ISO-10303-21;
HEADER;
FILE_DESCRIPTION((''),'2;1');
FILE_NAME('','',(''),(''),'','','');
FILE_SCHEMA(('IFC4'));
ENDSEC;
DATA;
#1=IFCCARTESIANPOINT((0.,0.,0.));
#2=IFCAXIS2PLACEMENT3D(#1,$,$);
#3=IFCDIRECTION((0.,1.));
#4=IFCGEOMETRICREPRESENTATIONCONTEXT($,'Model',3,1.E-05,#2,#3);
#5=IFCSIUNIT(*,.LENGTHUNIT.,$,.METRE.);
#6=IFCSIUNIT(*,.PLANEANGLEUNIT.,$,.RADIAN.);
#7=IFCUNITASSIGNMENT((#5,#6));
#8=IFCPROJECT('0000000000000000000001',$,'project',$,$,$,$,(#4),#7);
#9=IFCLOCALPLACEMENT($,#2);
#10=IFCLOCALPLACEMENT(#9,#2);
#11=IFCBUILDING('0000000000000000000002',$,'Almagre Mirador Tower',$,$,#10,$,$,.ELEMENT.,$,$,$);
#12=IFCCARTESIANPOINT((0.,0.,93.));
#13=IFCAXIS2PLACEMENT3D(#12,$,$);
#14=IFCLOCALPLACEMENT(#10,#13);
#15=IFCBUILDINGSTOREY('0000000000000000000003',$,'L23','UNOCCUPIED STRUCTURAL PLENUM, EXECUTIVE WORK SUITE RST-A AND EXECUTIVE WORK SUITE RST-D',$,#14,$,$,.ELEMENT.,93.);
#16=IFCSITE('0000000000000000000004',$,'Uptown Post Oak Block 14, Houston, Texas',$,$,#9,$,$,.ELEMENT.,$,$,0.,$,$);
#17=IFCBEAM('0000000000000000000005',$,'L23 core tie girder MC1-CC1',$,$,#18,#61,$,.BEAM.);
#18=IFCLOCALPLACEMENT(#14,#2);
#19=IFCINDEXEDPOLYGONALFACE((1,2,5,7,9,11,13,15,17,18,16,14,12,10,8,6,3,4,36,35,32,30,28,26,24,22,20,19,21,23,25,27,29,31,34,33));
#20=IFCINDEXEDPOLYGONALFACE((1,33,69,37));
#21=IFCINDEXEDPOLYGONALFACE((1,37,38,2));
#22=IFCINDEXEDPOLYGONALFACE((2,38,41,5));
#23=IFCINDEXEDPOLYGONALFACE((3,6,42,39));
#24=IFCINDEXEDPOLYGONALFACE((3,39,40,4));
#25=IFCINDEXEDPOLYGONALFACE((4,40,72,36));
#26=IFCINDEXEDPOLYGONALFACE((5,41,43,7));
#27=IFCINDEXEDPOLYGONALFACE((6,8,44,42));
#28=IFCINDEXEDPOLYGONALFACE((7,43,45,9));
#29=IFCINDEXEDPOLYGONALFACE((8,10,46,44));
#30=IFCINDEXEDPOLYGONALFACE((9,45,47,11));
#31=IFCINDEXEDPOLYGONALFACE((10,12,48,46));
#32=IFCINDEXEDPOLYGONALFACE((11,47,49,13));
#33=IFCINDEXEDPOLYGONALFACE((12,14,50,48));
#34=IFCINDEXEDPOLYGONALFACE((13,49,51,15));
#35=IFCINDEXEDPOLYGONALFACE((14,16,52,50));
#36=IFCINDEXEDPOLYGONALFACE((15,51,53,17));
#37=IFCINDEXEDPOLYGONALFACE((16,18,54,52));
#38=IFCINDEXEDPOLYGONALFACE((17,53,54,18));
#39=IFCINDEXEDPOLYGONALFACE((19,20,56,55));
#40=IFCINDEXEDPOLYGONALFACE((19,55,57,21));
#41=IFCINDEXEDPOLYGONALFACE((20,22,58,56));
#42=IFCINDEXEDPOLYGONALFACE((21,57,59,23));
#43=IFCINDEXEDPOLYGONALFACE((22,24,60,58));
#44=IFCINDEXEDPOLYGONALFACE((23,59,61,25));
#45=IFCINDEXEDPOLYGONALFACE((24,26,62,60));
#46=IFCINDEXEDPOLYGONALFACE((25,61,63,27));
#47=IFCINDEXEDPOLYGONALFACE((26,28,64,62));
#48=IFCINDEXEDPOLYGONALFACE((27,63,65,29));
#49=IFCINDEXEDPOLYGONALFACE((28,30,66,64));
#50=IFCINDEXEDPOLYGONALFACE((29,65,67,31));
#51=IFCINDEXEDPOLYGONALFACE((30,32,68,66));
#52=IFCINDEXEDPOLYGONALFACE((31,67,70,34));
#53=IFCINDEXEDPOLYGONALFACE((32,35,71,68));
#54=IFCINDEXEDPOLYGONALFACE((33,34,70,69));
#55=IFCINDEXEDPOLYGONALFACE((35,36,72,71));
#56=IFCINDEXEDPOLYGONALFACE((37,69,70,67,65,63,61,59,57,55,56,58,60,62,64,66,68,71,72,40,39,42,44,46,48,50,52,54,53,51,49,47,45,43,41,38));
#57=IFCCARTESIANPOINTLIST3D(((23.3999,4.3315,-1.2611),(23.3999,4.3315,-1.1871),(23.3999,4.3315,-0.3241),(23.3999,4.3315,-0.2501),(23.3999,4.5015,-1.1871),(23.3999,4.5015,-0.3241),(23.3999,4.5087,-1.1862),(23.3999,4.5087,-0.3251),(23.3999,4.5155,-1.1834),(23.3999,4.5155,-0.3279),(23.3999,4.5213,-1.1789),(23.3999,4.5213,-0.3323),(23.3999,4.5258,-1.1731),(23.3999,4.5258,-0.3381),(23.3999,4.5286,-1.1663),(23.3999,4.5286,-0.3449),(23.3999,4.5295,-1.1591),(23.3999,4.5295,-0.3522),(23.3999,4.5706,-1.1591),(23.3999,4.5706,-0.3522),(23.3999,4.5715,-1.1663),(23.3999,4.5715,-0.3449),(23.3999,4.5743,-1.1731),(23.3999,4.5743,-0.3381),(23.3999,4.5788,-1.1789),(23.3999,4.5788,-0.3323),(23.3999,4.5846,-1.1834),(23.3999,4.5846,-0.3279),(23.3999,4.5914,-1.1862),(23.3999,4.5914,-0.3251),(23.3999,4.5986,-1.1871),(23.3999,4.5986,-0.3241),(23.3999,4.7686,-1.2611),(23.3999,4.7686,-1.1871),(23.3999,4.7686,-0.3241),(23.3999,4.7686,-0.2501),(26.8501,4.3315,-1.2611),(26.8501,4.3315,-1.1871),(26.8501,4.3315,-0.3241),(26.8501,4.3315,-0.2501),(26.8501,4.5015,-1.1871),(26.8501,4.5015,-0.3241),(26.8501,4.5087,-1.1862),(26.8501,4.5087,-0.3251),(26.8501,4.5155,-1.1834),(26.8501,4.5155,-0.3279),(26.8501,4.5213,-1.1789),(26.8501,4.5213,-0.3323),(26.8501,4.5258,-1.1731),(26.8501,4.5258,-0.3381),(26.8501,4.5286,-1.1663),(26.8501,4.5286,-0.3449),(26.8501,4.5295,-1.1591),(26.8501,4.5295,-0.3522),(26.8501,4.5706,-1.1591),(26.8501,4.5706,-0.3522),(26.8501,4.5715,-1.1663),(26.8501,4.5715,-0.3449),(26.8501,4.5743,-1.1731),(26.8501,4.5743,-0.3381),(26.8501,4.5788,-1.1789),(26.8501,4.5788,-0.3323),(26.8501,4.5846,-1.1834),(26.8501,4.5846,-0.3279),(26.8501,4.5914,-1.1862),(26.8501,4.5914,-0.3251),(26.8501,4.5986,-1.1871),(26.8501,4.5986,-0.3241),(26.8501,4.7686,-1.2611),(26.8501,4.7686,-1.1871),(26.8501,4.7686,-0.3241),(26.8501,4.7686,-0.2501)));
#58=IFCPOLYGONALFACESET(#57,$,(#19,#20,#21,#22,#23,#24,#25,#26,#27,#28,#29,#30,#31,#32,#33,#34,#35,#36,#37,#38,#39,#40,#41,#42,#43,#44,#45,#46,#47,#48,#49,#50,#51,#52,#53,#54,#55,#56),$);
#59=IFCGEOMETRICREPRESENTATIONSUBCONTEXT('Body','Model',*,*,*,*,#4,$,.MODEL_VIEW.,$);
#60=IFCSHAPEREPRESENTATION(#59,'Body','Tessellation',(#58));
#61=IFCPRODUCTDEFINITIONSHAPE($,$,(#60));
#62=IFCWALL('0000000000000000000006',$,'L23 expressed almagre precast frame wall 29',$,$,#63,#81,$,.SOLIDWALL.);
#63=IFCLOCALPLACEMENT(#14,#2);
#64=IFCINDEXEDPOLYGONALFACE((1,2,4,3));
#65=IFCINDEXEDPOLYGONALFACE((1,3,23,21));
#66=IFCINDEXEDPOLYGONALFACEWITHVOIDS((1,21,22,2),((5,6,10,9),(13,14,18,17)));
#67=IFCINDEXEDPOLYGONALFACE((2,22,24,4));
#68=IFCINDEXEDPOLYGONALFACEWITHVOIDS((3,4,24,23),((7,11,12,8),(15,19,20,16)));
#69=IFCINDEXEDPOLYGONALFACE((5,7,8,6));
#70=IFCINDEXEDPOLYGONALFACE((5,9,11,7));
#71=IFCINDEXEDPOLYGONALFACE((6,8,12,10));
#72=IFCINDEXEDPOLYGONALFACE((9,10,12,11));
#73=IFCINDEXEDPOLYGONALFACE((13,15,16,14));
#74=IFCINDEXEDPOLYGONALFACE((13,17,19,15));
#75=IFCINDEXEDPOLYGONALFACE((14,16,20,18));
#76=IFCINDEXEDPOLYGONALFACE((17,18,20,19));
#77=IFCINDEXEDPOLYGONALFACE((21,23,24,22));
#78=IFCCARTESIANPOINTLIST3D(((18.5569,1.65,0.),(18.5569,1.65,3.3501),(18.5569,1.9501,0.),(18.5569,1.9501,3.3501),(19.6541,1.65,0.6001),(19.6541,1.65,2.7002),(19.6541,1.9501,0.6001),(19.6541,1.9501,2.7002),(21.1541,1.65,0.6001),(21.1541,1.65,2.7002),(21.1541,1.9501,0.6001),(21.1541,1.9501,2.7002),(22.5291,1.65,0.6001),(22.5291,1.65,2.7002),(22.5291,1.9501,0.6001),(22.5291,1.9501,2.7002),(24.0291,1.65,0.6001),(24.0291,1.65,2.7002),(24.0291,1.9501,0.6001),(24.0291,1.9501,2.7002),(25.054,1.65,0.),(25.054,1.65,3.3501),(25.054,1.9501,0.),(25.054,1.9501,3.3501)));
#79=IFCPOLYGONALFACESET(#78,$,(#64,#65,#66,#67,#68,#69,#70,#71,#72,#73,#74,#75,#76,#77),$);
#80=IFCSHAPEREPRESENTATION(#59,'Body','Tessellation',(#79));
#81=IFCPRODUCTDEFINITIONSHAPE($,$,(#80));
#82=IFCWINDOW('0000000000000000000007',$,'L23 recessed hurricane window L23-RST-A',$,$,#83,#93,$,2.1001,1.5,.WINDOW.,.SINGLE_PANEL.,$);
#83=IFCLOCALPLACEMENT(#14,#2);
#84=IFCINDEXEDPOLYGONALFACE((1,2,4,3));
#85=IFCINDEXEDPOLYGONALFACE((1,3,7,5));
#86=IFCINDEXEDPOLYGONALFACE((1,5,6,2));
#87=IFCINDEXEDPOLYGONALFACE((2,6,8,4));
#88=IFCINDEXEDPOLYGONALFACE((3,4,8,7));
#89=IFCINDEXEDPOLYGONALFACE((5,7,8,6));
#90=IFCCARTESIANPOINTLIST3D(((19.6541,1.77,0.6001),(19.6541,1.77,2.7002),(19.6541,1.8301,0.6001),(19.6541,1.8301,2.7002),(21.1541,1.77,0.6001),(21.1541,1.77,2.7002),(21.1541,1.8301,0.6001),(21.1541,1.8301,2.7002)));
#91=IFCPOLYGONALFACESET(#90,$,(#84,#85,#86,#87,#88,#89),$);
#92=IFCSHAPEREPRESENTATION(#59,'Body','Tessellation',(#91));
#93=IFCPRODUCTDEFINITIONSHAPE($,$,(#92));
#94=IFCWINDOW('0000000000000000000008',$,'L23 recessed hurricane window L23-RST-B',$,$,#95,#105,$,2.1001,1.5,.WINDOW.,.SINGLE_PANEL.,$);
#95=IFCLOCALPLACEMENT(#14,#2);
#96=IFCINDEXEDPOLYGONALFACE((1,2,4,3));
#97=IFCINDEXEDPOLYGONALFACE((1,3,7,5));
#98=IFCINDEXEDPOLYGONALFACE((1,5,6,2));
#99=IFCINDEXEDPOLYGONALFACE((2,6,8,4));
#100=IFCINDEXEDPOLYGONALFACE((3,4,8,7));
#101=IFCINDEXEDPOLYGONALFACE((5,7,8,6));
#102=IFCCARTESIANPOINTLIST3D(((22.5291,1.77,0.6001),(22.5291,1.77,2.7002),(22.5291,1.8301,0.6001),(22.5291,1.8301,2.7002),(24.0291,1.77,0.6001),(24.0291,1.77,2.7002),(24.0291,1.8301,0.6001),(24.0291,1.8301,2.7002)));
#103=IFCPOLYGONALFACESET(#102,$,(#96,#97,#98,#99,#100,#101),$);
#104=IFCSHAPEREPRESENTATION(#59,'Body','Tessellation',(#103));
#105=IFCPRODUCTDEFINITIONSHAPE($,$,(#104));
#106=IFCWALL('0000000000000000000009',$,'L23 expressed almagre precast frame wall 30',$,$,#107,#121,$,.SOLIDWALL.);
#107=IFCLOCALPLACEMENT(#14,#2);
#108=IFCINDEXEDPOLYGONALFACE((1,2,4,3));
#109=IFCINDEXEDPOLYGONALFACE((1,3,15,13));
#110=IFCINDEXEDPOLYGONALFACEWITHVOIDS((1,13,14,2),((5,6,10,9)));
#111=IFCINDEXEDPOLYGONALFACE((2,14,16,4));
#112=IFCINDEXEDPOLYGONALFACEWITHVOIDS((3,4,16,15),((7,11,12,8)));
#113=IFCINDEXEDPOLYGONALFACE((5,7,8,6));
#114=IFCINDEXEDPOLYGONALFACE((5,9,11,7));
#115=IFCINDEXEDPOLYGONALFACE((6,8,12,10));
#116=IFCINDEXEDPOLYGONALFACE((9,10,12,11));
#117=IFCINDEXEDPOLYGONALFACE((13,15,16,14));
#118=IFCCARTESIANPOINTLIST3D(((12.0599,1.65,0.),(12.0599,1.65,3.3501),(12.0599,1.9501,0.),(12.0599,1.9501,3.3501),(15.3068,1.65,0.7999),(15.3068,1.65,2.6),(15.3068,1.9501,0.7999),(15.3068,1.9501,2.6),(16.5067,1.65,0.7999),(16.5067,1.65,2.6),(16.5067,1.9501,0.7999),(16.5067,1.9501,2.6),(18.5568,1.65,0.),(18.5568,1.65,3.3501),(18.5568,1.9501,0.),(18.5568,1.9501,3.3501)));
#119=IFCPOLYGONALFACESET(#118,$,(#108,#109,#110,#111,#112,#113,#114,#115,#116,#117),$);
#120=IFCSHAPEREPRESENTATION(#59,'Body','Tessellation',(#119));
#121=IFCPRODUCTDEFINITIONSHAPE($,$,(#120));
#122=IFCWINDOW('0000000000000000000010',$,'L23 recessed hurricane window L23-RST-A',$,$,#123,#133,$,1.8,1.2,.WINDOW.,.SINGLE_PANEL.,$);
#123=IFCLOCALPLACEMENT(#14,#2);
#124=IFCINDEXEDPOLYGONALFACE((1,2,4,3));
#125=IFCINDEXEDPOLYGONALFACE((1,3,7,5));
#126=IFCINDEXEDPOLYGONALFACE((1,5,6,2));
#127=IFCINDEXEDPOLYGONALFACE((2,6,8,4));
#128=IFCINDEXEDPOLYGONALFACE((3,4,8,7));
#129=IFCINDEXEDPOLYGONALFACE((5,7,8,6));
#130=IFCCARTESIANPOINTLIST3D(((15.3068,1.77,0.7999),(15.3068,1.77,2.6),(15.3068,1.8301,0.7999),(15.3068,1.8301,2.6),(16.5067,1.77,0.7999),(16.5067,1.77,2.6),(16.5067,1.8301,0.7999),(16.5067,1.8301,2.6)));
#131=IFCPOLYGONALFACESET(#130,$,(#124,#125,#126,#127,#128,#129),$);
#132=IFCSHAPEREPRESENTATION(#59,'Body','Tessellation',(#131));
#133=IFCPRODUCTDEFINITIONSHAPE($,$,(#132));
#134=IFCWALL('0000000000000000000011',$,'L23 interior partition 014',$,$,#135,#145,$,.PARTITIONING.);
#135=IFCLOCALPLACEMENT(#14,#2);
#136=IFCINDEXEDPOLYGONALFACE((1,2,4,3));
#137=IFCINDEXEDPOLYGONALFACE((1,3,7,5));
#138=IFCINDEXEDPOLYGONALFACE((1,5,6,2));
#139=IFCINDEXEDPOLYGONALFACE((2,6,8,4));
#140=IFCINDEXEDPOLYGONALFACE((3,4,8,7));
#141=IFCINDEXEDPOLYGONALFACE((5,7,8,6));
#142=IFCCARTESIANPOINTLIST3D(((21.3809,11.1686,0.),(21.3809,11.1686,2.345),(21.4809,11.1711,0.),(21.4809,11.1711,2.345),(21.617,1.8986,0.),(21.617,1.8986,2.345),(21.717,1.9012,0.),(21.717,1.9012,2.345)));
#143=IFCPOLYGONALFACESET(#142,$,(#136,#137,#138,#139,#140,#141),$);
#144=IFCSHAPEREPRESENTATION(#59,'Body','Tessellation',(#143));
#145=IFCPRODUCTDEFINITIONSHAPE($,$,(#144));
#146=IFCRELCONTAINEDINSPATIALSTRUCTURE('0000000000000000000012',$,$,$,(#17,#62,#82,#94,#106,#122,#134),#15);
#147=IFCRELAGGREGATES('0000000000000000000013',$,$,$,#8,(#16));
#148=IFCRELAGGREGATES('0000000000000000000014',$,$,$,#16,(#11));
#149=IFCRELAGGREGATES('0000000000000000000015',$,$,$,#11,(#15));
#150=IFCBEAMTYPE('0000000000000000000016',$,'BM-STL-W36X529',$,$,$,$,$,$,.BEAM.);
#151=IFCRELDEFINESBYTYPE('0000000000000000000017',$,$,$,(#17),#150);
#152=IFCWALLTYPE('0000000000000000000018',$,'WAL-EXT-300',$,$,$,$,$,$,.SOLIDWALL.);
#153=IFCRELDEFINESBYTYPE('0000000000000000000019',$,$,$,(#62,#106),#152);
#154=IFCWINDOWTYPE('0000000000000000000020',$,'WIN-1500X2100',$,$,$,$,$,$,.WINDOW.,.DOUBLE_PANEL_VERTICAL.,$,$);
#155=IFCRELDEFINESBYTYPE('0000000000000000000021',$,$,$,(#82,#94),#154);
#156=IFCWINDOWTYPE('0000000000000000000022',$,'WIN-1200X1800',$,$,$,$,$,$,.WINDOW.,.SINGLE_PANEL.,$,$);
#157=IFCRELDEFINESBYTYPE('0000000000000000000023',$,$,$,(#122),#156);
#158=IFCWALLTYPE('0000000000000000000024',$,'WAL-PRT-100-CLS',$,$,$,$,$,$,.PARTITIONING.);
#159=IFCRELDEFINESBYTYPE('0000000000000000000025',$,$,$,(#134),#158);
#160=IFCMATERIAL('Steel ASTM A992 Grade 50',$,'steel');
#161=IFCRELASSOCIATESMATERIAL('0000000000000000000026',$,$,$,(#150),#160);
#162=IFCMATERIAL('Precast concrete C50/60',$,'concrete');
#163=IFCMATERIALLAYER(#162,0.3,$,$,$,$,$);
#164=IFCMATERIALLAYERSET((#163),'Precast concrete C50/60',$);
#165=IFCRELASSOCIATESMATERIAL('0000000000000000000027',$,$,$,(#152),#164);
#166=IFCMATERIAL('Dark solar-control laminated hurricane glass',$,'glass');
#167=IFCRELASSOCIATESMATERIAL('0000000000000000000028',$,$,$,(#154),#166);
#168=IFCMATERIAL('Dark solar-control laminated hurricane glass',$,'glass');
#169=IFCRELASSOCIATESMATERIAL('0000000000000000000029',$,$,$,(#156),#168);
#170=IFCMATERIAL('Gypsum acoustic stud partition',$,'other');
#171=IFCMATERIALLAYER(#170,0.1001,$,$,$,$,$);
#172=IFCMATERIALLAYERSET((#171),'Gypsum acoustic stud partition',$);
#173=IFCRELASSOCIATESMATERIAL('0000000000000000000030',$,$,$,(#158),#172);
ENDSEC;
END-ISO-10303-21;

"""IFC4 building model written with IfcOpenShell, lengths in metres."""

from ifc_helpers import new_model, si_unit, direction, frame, frame_2d, origin, origin_2d, place, context, subcontext, project, spatial, rectangle, i_section, extrude, material, layer, layer_set, material_profile, profile_set, type_object, element, fill, save


model = new_model("IFC4")

# Units and contexts
model_context = context("Model", 3, precision=1e-05, world=origin(), true_north=direction((0.0, 1.0)))
body_context = subcontext(model_context, "Body", "Model", "MODEL_VIEW")
ifc_project = project(units=[si_unit("LENGTHUNIT", "METRE"), si_unit("PLANEANGLEUNIT", "RADIAN")], contexts=[model_context])

# Site, building, storey
site_placement = place(None, origin())
site = spatial("IfcSite", under=ifc_project, at=site_placement, Name="Uptown Post Oak Block 14, Houston, Texas", CompositionType="ELEMENT", RefElevation=0.0)
building_placement = place(site_placement, origin())
building = spatial("IfcBuilding", under=site, at=building_placement, Name="Almagre Mirador Tower", CompositionType="ELEMENT")
storey_placement = place(building_placement, frame((0.0, 0.0, 93.0)))
storey = spatial("IfcBuildingStorey", under=building, at=storey_placement, Name="L23", Description="UNOCCUPIED STRUCTURAL PLENUM, EXECUTIVE WORK SUITE RST-A AND EXECUTIVE WORK SUITE RST-D", CompositionType="ELEMENT", Elevation=93.0)

# Beam
ifc_material_1 = material(Name="Steel ASTM A992 Grade 50", Category="steel")
ifc_material_profile_1 = material_profile(ifc_material_1, i_section(OverallWidth=0.437, OverallDepth=1.011, WebThickness=0.041, FlangeThickness=0.074, FilletRadius=0.0281, at=origin_2d()), Name="W36X529")
ifc_profile_set_1 = profile_set([ifc_material_profile_1], Name="Steel ASTM A992 Grade 50")
beam_type_1 = type_object("IfcBeamType", Name="BM-STL-W36X529", PredefinedType="BEAM", material=ifc_profile_set_1)
beam_1_placement = place(storey_placement, frame((23.3999, 4.55, -0.7556), z_axis=(1.0, 0.0, 0.0), x_axis=(0.0, 1.0, 0.0)))
element("IfcBeam", 1, at=beam_1_placement, inside=storey, type_object=beam_type_1, Name="L23 core tie girder MC1-CC1", PredefinedType="BEAM", context=body_context, shape_type="SweptSolid", body=[
    extrude(i_section(OverallWidth=0.437, OverallDepth=1.011, WebThickness=0.041, FlangeThickness=0.074, FilletRadius=0.0281, at=origin_2d()), origin(), (0.0, 0.0, 1.0), 3.4502),
])

# Wall, openings, windows
ifc_material_2 = material(Name="Precast concrete C50/60", Category="concrete")
ifc_layer_1 = layer(ifc_material_2, 0.3)
ifc_layer_set_1 = layer_set([ifc_layer_1], Name="Precast concrete C50/60")
wall_type_1 = type_object("IfcWallType", Name="WAL-EXT-300", PredefinedType="SOLIDWALL", material=ifc_layer_set_1)
wall_1_placement = place(storey_placement, frame((25.054, 1.8, 0.0), z_axis=(0.0, 0.0, 1.0), x_axis=(-1.0, 0.0, 0.0)))
wall_1 = element("IfcWall", 2, at=wall_1_placement, inside=storey, type_object=wall_type_1, Name="L23 expressed almagre precast frame wall 29", PredefinedType="SOLIDWALL", context=body_context, shape_type="SweptSolid", body=[
    extrude(rectangle(XDim=6.4971, YDim=0.3, at=frame_2d((3.2485, 0.0))), origin(), (0.0, 0.0, 1.0), 3.3501),
])
opening_1_placement = place(wall_1_placement, frame((3.8999, 0.0, 0.6001)))
opening_1 = element("IfcOpeningElement", 3, at=opening_1_placement, cuts=wall_1, PredefinedType="OPENING", context=body_context, shape_type="SweptSolid", body=[
    extrude(rectangle(XDim=1.5, YDim=2.1001, at=frame_2d((0.75, 1.05))), frame((0.0, 0.1599, 0.0), z_axis=(0.0, -1.0, 0.0), x_axis=(1.0, 0.0, 0.0)), (0.0, 0.0, 1.0), 0.32),
])
opening_2_placement = place(wall_1_placement, frame((1.0249, 0.0, 0.6001)))
opening_2 = element("IfcOpeningElement", 4, at=opening_2_placement, cuts=wall_1, PredefinedType="OPENING", context=body_context, shape_type="SweptSolid", body=[
    extrude(rectangle(XDim=1.5, YDim=2.1001, at=frame_2d((0.75, 1.05))), frame((0.0, 0.1599, 0.0), z_axis=(0.0, -1.0, 0.0), x_axis=(1.0, 0.0, 0.0)), (0.0, 0.0, 1.0), 0.32),
])
ifc_material_3 = material(Name="Dark solar-control laminated hurricane glass", Category="glass")
window_type_1 = type_object("IfcWindowType", Name="WIN-1500X2100", PartitioningType="DOUBLE_PANEL_VERTICAL", PredefinedType="WINDOW", material=ifc_material_3)
window_1_placement = place(opening_1_placement, origin())
window_1 = element("IfcWindow", 5, at=window_1_placement, inside=storey, type_object=window_type_1, Name="L23 recessed hurricane window L23-RST-A", OverallHeight=2.1001, OverallWidth=1.5, PartitioningType="SINGLE_PANEL", PredefinedType="WINDOW", context=body_context, shape_type="SweptSolid", body=[
    extrude(rectangle(XDim=1.5, YDim=2.1001, at=frame_2d((0.75, 1.05))), frame((0.0, 0.03, 0.0), z_axis=(0.0, -1.0, 0.0), x_axis=(1.0, 0.0, 0.0)), (0.0, 0.0, 1.0), 0.0601),
])
fill(opening_1, window_1)
window_2_placement = place(opening_2_placement, origin())
window_2 = element("IfcWindow", 6, at=window_2_placement, inside=storey, type_object=window_type_1, Name="L23 recessed hurricane window L23-RST-B", OverallHeight=2.1001, OverallWidth=1.5, PartitioningType="SINGLE_PANEL", PredefinedType="WINDOW", context=body_context, shape_type="SweptSolid", body=[
    extrude(rectangle(XDim=1.5, YDim=2.1001, at=frame_2d((0.75, 1.05))), frame((0.0, 0.03, 0.0), z_axis=(0.0, -1.0, 0.0), x_axis=(1.0, 0.0, 0.0)), (0.0, 0.0, 1.0), 0.0601),
])
fill(opening_2, window_2)

# Wall, opening, window
wall_2_placement = place(storey_placement, frame((18.5569, 1.8, 0.0), z_axis=(0.0, 0.0, 1.0), x_axis=(-1.0, 0.0, 0.0)))
wall_2 = element("IfcWall", 7, at=wall_2_placement, inside=storey, type_object=wall_type_1, Name="L23 expressed almagre precast frame wall 30", PredefinedType="SOLIDWALL", context=body_context, shape_type="SweptSolid", body=[
    extrude(rectangle(XDim=6.4968, YDim=0.3, at=frame_2d((3.2485, 0.0))), origin(), (0.0, 0.0, 1.0), 3.3501),
])
opening_3_placement = place(wall_2_placement, frame((2.05, 0.0, 0.8)))
opening_3 = element("IfcOpeningElement", 8, at=opening_3_placement, cuts=wall_2, PredefinedType="OPENING", context=body_context, shape_type="SweptSolid", body=[
    extrude(rectangle(XDim=1.2, YDim=1.8, at=frame_2d((0.6001, 0.8999))), frame((0.0, 0.1599, 0.0), z_axis=(0.0, -1.0, 0.0), x_axis=(1.0, 0.0, 0.0)), (0.0, 0.0, 1.0), 0.32),
])
ifc_material_4 = material(Name="Dark solar-control laminated hurricane glass", Category="glass")
window_type_2 = type_object("IfcWindowType", Name="WIN-1200X1800", PartitioningType="SINGLE_PANEL", PredefinedType="WINDOW", material=ifc_material_4)
window_3_placement = place(opening_3_placement, origin())
window_3 = element("IfcWindow", 9, at=window_3_placement, inside=storey, type_object=window_type_2, Name="L23 recessed hurricane window L23-RST-A", OverallHeight=1.8, OverallWidth=1.2, PartitioningType="SINGLE_PANEL", PredefinedType="WINDOW", context=body_context, shape_type="SweptSolid", body=[
    extrude(rectangle(XDim=1.2, YDim=1.8, at=frame_2d((0.6001, 0.8999))), frame((0.0, 0.03, 0.0), z_axis=(0.0, -1.0, 0.0), x_axis=(1.0, 0.0, 0.0)), (0.0, 0.0, 1.0), 0.0601),
])
fill(opening_3, window_3)

# Wall
ifc_material_5 = material(Name="Gypsum acoustic stud partition", Category="other")
ifc_layer_2 = layer(ifc_material_5, 0.1001)
ifc_layer_set_2 = layer_set([ifc_layer_2], Name="Gypsum acoustic stud partition")
wall_type_2 = type_object("IfcWallType", Name="WAL-PRT-100-CLS", PredefinedType="PARTITIONING", material=ifc_layer_set_2)
wall_3_placement = place(storey_placement, frame((21.667, 1.8999, 0.0), z_axis=(0.0, 0.0, 1.0), x_axis=(-0.025459, 0.999676, 0.0)))
element("IfcWall", 10, at=wall_3_placement, inside=storey, type_object=wall_type_2, Name="L23 interior partition 014", PredefinedType="PARTITIONING", context=body_context, shape_type="SweptSolid", body=[
    extrude(rectangle(XDim=9.2729, YDim=0.1001, at=frame_2d((4.6365, 0.0))), origin(), (0.0, 0.0, 1.0), 2.345),
])

save(model, "model.ifc")
